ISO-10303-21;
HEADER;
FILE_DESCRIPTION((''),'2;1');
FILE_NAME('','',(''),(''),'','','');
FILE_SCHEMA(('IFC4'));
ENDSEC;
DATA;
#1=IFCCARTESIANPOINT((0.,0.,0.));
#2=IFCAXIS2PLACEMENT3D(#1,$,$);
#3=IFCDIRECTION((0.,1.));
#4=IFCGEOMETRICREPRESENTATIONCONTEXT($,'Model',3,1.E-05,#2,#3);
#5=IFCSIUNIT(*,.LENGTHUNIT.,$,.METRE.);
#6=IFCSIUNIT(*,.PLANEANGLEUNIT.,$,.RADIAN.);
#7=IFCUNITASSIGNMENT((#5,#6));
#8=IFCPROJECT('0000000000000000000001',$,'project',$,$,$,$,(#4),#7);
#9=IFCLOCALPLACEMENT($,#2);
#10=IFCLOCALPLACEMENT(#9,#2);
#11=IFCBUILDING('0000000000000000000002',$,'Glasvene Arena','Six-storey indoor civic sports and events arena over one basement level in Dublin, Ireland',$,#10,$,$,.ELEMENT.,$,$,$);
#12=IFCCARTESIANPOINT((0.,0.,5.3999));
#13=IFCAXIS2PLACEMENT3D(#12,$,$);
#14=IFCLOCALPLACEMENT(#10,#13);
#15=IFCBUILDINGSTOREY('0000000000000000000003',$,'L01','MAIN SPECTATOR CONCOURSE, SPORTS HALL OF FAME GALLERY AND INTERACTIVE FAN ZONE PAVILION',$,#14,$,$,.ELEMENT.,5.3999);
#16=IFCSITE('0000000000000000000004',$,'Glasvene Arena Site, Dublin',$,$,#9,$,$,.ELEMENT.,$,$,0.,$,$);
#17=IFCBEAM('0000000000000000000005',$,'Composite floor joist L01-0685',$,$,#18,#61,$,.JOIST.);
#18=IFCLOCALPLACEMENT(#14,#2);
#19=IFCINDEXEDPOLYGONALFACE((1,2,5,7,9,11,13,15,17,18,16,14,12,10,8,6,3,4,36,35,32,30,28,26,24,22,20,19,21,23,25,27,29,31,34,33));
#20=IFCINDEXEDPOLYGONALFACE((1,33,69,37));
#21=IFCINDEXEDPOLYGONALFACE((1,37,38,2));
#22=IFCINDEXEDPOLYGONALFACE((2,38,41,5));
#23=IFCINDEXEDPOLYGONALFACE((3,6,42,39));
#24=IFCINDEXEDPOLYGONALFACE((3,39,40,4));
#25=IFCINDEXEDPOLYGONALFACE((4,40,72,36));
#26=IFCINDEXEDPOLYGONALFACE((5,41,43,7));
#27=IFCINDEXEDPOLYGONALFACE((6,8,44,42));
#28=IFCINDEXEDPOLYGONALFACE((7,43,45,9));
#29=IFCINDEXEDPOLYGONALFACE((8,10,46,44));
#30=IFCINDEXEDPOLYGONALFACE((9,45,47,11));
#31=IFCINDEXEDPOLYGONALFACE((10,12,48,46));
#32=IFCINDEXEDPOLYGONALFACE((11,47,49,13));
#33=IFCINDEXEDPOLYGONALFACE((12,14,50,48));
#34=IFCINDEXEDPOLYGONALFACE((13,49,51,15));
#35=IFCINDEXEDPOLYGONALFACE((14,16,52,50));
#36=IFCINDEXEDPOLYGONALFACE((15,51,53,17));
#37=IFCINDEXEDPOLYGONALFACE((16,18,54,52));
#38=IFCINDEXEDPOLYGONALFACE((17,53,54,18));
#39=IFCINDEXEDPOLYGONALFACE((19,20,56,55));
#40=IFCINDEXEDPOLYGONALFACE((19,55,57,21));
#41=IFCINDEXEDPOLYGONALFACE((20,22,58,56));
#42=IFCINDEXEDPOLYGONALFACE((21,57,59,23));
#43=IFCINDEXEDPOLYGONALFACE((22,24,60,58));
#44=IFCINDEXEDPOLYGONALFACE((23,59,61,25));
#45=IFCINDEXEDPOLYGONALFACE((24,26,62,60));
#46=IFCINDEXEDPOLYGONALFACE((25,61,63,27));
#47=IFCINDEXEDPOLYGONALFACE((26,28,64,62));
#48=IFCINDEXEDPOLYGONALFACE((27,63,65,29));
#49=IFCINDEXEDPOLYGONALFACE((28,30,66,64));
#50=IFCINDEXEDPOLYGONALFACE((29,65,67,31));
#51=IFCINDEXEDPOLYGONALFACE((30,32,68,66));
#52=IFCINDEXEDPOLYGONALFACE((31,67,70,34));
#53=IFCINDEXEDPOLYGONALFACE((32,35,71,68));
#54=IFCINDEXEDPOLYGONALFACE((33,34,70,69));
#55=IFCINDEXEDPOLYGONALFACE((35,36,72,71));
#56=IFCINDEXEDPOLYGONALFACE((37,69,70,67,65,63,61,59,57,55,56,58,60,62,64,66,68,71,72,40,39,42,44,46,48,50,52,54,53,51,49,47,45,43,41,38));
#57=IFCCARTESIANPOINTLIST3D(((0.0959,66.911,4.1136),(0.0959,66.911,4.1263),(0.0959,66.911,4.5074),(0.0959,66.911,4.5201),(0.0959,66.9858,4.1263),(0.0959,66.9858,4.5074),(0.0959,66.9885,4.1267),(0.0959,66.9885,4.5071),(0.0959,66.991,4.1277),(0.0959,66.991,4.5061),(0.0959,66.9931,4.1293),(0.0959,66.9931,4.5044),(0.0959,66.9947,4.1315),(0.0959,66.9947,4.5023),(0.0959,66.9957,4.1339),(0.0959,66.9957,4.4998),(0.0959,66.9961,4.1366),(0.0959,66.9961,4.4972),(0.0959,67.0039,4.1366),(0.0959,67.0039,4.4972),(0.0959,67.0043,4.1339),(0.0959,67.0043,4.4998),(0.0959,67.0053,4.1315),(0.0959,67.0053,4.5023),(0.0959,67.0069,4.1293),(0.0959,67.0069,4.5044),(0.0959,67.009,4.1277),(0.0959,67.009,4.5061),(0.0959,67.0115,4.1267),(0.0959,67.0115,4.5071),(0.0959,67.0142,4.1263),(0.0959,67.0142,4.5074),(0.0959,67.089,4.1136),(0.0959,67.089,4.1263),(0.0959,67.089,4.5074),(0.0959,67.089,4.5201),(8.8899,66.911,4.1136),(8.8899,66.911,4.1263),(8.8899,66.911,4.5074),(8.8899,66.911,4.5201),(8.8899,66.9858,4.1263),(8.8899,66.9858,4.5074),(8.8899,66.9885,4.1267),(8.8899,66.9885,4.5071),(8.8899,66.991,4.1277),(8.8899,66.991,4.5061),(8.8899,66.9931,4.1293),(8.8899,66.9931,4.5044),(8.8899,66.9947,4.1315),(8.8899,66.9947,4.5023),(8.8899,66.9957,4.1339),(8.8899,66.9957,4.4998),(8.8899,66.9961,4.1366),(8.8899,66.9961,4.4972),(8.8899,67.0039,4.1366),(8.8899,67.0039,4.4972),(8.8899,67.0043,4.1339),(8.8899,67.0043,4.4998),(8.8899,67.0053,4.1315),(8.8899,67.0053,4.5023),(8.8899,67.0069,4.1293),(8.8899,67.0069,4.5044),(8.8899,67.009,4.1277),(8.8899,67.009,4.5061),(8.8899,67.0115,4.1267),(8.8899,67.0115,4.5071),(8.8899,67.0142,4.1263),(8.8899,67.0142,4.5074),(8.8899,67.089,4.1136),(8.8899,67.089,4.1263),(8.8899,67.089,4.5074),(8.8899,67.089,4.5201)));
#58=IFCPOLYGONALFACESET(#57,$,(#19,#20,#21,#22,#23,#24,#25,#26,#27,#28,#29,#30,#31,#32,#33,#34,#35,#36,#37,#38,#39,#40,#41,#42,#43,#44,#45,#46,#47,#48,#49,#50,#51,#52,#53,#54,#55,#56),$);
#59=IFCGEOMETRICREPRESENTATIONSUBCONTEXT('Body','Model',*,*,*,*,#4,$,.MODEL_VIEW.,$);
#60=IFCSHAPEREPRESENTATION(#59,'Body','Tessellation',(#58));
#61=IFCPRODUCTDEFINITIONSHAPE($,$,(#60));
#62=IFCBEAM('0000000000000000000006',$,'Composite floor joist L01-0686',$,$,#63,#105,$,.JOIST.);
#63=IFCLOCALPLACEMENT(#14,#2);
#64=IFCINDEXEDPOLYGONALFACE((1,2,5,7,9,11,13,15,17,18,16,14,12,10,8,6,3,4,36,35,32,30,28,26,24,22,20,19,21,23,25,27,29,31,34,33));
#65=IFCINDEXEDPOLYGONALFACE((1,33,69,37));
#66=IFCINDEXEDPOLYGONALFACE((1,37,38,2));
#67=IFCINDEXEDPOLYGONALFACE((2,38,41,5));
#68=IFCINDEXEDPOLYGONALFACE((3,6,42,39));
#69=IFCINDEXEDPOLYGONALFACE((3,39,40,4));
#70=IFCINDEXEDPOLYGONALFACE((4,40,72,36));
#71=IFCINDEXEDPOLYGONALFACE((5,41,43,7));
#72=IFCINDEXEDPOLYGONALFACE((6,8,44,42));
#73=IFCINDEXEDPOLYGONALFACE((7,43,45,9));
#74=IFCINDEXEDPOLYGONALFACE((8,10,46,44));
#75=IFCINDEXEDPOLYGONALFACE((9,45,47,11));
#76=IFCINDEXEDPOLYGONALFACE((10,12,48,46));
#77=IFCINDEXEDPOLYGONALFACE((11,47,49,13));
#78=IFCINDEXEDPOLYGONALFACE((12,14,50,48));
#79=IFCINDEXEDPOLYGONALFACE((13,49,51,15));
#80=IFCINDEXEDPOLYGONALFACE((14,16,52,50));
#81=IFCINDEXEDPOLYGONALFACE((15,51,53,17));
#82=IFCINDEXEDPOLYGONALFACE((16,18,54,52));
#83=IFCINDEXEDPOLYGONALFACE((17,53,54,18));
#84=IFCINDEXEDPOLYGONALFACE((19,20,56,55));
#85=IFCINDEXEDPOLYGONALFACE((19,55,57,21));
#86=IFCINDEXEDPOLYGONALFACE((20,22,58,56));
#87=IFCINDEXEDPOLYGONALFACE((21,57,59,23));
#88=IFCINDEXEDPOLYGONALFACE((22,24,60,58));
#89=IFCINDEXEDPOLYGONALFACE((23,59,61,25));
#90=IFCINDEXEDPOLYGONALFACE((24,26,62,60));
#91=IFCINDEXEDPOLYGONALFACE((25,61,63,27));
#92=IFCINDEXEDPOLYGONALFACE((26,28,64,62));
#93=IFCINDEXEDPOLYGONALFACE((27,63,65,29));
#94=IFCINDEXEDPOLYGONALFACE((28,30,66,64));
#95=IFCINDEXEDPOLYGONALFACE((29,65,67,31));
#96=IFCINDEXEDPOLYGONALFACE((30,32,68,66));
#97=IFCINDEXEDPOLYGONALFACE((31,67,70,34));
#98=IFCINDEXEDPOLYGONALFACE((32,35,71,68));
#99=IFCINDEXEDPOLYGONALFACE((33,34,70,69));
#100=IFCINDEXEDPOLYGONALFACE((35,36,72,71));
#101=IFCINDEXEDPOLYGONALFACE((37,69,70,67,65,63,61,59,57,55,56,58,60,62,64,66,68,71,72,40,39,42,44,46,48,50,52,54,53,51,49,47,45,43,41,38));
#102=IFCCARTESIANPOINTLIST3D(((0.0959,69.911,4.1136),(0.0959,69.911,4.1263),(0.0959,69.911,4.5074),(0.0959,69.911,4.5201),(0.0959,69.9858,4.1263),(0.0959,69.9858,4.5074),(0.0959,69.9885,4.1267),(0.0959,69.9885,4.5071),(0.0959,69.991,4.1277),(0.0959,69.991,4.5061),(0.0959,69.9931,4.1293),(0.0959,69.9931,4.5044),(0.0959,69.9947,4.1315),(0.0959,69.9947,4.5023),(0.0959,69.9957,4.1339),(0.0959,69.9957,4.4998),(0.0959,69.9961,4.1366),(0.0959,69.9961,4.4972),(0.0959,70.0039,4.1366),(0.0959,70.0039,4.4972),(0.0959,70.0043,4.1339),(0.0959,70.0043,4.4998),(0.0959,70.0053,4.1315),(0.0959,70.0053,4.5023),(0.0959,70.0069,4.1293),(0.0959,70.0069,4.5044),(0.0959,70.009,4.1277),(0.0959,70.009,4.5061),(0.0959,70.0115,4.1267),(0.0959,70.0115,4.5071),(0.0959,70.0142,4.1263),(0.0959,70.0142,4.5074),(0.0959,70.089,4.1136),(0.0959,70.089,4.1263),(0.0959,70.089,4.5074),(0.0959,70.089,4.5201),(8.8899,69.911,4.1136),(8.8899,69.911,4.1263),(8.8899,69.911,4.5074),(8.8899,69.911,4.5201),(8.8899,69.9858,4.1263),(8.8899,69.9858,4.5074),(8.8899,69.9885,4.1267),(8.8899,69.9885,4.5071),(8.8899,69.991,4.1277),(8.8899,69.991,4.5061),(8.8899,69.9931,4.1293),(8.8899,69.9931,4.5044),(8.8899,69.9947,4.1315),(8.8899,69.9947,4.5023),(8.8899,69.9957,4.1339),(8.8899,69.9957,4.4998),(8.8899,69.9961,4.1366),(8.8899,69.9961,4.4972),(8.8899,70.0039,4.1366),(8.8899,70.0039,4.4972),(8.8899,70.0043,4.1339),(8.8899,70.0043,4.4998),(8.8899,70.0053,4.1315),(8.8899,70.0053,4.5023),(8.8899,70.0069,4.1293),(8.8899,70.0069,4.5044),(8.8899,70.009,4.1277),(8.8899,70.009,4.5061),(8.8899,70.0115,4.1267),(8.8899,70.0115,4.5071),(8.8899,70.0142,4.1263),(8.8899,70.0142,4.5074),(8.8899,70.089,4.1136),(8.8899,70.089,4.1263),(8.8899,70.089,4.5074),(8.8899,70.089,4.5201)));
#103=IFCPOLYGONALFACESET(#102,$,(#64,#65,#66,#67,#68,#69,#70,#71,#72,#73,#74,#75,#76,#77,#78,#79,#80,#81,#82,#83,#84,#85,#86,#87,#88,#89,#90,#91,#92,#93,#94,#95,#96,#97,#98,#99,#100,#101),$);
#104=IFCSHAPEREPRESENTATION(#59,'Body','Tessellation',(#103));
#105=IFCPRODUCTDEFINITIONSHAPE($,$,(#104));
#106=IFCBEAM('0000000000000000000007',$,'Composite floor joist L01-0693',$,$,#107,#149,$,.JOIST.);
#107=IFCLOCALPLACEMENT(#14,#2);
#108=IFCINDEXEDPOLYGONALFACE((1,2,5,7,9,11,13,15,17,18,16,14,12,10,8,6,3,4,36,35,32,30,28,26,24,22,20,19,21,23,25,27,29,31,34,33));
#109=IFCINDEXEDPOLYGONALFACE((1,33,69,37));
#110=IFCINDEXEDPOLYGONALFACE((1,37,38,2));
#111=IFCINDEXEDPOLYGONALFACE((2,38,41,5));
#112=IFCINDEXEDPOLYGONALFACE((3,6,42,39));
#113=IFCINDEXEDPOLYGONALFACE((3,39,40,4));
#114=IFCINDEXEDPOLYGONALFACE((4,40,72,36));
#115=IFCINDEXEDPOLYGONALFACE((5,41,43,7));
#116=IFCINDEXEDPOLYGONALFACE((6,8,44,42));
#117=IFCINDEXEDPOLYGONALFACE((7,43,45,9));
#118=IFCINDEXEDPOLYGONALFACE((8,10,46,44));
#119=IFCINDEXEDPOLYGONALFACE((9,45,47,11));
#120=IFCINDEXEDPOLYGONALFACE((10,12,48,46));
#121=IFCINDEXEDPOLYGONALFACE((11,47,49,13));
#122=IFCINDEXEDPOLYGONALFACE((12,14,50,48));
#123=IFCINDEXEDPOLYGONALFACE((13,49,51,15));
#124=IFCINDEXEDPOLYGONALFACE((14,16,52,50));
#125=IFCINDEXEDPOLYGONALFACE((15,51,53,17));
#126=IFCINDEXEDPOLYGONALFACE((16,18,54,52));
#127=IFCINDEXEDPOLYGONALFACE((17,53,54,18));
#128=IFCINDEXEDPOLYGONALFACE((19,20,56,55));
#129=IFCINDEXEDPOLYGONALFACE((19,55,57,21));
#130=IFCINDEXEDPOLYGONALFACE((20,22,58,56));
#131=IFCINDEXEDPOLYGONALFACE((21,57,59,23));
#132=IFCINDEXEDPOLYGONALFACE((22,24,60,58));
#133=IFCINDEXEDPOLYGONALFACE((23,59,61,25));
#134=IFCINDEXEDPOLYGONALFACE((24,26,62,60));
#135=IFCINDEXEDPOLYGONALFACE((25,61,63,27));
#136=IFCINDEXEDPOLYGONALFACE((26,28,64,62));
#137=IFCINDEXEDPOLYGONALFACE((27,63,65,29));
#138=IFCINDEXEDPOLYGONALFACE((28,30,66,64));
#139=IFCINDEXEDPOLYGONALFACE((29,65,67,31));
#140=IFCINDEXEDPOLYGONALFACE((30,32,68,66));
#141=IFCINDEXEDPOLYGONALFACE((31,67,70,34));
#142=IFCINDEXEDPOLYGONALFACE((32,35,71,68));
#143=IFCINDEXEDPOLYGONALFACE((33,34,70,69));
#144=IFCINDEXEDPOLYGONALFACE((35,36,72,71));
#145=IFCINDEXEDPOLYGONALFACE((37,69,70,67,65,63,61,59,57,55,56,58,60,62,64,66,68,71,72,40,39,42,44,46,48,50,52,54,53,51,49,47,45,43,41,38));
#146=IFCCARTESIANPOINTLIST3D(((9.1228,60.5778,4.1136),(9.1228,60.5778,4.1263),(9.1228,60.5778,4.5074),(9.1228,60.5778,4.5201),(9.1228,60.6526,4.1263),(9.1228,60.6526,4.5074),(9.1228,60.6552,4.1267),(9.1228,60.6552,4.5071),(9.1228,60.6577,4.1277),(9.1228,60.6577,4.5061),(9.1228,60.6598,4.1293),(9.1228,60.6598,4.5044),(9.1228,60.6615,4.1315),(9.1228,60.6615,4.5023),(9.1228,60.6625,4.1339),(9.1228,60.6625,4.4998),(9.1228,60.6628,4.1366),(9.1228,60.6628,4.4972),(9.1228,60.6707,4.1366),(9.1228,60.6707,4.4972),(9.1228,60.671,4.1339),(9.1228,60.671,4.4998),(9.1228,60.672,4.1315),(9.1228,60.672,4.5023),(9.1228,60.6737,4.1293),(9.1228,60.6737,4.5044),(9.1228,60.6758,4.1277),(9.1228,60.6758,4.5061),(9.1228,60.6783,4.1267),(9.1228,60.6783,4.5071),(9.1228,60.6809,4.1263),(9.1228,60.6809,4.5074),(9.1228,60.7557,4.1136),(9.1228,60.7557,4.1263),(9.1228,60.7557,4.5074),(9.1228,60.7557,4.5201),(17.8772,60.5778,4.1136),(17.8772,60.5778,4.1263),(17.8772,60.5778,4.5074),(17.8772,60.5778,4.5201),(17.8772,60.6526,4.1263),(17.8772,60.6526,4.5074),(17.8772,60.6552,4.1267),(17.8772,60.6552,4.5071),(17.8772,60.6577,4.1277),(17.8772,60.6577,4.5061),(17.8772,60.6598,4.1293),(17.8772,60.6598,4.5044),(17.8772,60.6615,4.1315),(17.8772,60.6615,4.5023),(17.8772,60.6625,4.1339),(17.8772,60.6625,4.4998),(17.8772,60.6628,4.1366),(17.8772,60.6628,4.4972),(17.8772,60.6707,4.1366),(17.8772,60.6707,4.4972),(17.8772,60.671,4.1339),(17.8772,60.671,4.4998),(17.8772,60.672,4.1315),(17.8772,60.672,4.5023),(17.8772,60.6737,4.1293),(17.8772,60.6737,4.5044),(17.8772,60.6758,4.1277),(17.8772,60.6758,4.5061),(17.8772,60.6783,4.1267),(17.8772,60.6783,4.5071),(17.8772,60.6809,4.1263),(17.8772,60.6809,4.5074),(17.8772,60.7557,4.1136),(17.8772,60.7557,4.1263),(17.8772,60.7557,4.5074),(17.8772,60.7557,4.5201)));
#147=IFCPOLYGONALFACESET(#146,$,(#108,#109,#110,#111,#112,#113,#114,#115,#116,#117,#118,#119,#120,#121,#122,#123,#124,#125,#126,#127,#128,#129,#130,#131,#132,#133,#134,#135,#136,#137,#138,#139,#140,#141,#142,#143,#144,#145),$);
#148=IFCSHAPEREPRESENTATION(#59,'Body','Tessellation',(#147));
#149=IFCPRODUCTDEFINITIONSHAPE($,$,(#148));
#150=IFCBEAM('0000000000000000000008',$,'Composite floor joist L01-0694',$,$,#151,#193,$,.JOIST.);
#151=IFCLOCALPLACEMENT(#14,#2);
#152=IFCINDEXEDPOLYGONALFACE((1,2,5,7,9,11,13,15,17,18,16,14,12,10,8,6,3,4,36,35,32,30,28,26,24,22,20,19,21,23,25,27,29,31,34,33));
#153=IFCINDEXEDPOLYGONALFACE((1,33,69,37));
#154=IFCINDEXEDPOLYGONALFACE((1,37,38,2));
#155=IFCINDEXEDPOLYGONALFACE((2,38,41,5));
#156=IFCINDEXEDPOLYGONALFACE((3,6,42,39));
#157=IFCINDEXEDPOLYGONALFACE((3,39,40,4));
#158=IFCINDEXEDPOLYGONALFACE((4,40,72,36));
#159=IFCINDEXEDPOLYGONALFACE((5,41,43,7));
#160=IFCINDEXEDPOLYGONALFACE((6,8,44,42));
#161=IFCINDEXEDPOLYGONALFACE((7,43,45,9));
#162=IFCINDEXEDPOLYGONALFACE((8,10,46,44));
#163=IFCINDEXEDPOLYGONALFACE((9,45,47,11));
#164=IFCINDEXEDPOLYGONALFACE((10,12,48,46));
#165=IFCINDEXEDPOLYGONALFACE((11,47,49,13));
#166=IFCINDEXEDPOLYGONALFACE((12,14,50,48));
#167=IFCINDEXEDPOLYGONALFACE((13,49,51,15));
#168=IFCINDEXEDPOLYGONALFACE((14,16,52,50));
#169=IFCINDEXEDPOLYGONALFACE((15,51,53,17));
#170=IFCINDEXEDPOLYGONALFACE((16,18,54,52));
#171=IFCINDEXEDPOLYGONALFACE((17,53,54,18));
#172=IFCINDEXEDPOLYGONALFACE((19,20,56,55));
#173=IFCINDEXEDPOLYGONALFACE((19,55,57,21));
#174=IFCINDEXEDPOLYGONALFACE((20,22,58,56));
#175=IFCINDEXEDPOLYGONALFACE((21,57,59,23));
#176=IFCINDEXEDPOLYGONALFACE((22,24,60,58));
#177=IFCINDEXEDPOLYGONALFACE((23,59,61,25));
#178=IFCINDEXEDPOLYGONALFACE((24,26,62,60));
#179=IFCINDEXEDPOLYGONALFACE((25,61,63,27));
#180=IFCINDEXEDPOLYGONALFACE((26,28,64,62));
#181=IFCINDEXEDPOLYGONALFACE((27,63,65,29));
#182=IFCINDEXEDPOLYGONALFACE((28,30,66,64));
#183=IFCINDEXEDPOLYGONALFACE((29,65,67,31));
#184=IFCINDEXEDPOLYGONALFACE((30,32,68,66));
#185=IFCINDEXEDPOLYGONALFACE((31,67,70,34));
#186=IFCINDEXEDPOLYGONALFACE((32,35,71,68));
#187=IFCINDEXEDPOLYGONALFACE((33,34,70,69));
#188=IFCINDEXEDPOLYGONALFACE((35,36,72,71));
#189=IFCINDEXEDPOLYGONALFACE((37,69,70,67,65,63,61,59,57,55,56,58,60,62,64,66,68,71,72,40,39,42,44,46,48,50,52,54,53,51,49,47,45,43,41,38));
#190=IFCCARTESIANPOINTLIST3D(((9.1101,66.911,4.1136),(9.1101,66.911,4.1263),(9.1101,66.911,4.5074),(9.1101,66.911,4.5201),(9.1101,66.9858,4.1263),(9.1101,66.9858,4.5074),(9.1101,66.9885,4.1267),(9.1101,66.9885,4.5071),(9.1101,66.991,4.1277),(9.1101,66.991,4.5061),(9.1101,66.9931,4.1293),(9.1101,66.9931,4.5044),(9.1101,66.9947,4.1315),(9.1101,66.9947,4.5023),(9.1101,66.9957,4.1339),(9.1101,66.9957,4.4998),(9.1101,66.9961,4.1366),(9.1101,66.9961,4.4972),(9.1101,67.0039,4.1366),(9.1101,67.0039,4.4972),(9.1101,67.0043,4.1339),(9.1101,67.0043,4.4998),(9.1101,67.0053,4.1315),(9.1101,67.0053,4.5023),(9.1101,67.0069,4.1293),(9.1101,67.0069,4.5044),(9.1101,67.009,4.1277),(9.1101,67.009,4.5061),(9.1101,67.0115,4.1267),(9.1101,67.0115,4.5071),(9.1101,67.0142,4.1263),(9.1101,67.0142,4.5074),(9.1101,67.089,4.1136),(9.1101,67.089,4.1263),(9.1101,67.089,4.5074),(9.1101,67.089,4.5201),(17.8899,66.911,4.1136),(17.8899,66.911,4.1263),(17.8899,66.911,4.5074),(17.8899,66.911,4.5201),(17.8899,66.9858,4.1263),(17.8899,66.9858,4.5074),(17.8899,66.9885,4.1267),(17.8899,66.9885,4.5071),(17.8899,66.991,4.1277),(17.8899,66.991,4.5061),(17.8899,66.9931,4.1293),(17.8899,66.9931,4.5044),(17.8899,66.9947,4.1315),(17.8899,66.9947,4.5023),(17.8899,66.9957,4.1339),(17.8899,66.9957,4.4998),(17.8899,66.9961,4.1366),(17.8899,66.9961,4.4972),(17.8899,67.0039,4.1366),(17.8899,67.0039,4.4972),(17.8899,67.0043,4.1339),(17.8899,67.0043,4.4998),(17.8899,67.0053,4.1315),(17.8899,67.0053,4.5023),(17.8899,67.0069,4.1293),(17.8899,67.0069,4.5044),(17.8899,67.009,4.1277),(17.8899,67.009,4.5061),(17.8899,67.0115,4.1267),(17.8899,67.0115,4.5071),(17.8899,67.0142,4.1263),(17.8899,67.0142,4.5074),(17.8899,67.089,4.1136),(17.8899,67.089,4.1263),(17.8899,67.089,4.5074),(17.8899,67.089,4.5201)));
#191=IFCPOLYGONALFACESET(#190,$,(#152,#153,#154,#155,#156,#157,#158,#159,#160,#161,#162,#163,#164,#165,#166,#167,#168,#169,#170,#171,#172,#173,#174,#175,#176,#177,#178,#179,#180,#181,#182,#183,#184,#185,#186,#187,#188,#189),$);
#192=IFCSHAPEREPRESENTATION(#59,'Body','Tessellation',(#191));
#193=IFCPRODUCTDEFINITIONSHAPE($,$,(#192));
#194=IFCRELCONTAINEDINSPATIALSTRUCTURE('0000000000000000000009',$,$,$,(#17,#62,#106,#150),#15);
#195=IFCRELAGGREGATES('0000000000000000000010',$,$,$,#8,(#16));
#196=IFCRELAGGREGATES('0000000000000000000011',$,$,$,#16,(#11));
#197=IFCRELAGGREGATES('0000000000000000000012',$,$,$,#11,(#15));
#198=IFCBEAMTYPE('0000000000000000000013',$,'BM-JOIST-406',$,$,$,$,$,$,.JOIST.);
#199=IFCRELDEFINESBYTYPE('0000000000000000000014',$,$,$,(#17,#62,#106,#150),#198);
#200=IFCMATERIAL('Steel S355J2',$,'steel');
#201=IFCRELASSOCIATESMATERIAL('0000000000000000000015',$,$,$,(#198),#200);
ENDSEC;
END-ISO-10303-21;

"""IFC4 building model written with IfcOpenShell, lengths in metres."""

from ifc_helpers import new_model, si_unit, direction, frame, origin, origin_2d, place, context, subcontext, project, spatial, i_section, extrude, material, material_profile, profile_set, type_object, element, save


model = new_model("IFC4")

# Units and contexts
model_context = context("Model", 3, precision=1e-05, world=origin(), true_north=direction((0.0, 1.0)))
body_context = subcontext(model_context, "Body", "Model", "MODEL_VIEW")
ifc_project = project(units=[si_unit("LENGTHUNIT", "METRE"), si_unit("PLANEANGLEUNIT", "RADIAN")], contexts=[model_context])

# Site, building, storey
site_placement = place(None, origin())
site = spatial("IfcSite", under=ifc_project, at=site_placement, Name="Glasvene Arena Site, Dublin", CompositionType="ELEMENT", RefElevation=0.0)
building_placement = place(site_placement, origin())
building = spatial("IfcBuilding", under=site, at=building_placement, Name="Glasvene Arena", Description="Six-storey indoor civic sports and events arena over one basement level in Dublin, Ireland", CompositionType="ELEMENT")
storey_placement = place(building_placement, frame((0.0, 0.0, 5.3999)))
storey = spatial("IfcBuildingStorey", under=building, at=storey_placement, Name="L01", Description="MAIN SPECTATOR CONCOURSE, SPORTS HALL OF FAME GALLERY AND INTERACTIVE FAN ZONE PAVILION", CompositionType="ELEMENT", Elevation=5.3999)

# Shared definitions
ifc_material_1 = material(Name="Steel S355J2", Category="steel")

# Beams
ifc_material_profile_1 = material_profile(ifc_material_1, i_section(OverallWidth=0.178, OverallDepth=0.4065, WebThickness=0.0078, FlangeThickness=0.0127, FilletRadius=0.0103, at=origin_2d()), Name="UKB 406x178x60")
ifc_profile_set_1 = profile_set([ifc_material_profile_1], Name="Steel S355J2")
beam_type_1 = type_object("IfcBeamType", Name="BM-JOIST-406", PredefinedType="JOIST", material=ifc_profile_set_1)
for number, where, z_axis, x_axis, name in (
    (1, (0.0959, 67.0, 4.3169), (1.0, 0.0, 0.0), (0.0, 1.0, 0.0), "Composite floor joist L01-0685"),
    (2, (0.0959, 70.0, 4.3169), (1.0, 0.0, 0.0), (0.0, 1.0, 0.0), "Composite floor joist L01-0686"),
):
    element("IfcBeam", number, at=place(storey_placement, frame(where, z_axis=z_axis, x_axis=x_axis)), inside=storey, type_object=beam_type_1, Name=name, PredefinedType="JOIST", context=body_context, shape_type="SweptSolid", body=[
        extrude(i_section(OverallWidth=0.178, OverallDepth=0.4065, WebThickness=0.0078, FlangeThickness=0.0127, FilletRadius=0.0103, at=origin_2d()), origin(), (0.0, 0.0, 1.0), 8.7939),
    ])
beam_1_placement = place(storey_placement, frame((9.1228, 60.6667, 4.3169), z_axis=(1.0, 0.0, 0.0), x_axis=(0.0, 1.0, 0.0)))
element("IfcBeam", 3, at=beam_1_placement, inside=storey, type_object=beam_type_1, Name="Composite floor joist L01-0693", PredefinedType="JOIST", context=body_context, shape_type="SweptSolid", body=[
    extrude(i_section(OverallWidth=0.178, OverallDepth=0.4065, WebThickness=0.0078, FlangeThickness=0.0127, FilletRadius=0.0103, at=origin_2d()), origin(), (0.0, 0.0, 1.0), 8.7544),
])
for number, where, z_axis, x_axis, name in (
    (4, (9.1101, 67.0, 4.3169), (1.0, 0.0, 0.0), (0.0, 1.0, 0.0), "Composite floor joist L01-0694"),
):
    element("IfcBeam", number, at=place(storey_placement, frame(where, z_axis=z_axis, x_axis=x_axis)), inside=storey, type_object=beam_type_1, Name=name, PredefinedType="JOIST", context=body_context, shape_type="SweptSolid", body=[
        extrude(i_section(OverallWidth=0.178, OverallDepth=0.4065, WebThickness=0.0078, FlangeThickness=0.0127, FilletRadius=0.0103, at=origin_2d()), origin(), (0.0, 0.0, 1.0), 8.7798),
    ])

save(model, "model.ifc")
